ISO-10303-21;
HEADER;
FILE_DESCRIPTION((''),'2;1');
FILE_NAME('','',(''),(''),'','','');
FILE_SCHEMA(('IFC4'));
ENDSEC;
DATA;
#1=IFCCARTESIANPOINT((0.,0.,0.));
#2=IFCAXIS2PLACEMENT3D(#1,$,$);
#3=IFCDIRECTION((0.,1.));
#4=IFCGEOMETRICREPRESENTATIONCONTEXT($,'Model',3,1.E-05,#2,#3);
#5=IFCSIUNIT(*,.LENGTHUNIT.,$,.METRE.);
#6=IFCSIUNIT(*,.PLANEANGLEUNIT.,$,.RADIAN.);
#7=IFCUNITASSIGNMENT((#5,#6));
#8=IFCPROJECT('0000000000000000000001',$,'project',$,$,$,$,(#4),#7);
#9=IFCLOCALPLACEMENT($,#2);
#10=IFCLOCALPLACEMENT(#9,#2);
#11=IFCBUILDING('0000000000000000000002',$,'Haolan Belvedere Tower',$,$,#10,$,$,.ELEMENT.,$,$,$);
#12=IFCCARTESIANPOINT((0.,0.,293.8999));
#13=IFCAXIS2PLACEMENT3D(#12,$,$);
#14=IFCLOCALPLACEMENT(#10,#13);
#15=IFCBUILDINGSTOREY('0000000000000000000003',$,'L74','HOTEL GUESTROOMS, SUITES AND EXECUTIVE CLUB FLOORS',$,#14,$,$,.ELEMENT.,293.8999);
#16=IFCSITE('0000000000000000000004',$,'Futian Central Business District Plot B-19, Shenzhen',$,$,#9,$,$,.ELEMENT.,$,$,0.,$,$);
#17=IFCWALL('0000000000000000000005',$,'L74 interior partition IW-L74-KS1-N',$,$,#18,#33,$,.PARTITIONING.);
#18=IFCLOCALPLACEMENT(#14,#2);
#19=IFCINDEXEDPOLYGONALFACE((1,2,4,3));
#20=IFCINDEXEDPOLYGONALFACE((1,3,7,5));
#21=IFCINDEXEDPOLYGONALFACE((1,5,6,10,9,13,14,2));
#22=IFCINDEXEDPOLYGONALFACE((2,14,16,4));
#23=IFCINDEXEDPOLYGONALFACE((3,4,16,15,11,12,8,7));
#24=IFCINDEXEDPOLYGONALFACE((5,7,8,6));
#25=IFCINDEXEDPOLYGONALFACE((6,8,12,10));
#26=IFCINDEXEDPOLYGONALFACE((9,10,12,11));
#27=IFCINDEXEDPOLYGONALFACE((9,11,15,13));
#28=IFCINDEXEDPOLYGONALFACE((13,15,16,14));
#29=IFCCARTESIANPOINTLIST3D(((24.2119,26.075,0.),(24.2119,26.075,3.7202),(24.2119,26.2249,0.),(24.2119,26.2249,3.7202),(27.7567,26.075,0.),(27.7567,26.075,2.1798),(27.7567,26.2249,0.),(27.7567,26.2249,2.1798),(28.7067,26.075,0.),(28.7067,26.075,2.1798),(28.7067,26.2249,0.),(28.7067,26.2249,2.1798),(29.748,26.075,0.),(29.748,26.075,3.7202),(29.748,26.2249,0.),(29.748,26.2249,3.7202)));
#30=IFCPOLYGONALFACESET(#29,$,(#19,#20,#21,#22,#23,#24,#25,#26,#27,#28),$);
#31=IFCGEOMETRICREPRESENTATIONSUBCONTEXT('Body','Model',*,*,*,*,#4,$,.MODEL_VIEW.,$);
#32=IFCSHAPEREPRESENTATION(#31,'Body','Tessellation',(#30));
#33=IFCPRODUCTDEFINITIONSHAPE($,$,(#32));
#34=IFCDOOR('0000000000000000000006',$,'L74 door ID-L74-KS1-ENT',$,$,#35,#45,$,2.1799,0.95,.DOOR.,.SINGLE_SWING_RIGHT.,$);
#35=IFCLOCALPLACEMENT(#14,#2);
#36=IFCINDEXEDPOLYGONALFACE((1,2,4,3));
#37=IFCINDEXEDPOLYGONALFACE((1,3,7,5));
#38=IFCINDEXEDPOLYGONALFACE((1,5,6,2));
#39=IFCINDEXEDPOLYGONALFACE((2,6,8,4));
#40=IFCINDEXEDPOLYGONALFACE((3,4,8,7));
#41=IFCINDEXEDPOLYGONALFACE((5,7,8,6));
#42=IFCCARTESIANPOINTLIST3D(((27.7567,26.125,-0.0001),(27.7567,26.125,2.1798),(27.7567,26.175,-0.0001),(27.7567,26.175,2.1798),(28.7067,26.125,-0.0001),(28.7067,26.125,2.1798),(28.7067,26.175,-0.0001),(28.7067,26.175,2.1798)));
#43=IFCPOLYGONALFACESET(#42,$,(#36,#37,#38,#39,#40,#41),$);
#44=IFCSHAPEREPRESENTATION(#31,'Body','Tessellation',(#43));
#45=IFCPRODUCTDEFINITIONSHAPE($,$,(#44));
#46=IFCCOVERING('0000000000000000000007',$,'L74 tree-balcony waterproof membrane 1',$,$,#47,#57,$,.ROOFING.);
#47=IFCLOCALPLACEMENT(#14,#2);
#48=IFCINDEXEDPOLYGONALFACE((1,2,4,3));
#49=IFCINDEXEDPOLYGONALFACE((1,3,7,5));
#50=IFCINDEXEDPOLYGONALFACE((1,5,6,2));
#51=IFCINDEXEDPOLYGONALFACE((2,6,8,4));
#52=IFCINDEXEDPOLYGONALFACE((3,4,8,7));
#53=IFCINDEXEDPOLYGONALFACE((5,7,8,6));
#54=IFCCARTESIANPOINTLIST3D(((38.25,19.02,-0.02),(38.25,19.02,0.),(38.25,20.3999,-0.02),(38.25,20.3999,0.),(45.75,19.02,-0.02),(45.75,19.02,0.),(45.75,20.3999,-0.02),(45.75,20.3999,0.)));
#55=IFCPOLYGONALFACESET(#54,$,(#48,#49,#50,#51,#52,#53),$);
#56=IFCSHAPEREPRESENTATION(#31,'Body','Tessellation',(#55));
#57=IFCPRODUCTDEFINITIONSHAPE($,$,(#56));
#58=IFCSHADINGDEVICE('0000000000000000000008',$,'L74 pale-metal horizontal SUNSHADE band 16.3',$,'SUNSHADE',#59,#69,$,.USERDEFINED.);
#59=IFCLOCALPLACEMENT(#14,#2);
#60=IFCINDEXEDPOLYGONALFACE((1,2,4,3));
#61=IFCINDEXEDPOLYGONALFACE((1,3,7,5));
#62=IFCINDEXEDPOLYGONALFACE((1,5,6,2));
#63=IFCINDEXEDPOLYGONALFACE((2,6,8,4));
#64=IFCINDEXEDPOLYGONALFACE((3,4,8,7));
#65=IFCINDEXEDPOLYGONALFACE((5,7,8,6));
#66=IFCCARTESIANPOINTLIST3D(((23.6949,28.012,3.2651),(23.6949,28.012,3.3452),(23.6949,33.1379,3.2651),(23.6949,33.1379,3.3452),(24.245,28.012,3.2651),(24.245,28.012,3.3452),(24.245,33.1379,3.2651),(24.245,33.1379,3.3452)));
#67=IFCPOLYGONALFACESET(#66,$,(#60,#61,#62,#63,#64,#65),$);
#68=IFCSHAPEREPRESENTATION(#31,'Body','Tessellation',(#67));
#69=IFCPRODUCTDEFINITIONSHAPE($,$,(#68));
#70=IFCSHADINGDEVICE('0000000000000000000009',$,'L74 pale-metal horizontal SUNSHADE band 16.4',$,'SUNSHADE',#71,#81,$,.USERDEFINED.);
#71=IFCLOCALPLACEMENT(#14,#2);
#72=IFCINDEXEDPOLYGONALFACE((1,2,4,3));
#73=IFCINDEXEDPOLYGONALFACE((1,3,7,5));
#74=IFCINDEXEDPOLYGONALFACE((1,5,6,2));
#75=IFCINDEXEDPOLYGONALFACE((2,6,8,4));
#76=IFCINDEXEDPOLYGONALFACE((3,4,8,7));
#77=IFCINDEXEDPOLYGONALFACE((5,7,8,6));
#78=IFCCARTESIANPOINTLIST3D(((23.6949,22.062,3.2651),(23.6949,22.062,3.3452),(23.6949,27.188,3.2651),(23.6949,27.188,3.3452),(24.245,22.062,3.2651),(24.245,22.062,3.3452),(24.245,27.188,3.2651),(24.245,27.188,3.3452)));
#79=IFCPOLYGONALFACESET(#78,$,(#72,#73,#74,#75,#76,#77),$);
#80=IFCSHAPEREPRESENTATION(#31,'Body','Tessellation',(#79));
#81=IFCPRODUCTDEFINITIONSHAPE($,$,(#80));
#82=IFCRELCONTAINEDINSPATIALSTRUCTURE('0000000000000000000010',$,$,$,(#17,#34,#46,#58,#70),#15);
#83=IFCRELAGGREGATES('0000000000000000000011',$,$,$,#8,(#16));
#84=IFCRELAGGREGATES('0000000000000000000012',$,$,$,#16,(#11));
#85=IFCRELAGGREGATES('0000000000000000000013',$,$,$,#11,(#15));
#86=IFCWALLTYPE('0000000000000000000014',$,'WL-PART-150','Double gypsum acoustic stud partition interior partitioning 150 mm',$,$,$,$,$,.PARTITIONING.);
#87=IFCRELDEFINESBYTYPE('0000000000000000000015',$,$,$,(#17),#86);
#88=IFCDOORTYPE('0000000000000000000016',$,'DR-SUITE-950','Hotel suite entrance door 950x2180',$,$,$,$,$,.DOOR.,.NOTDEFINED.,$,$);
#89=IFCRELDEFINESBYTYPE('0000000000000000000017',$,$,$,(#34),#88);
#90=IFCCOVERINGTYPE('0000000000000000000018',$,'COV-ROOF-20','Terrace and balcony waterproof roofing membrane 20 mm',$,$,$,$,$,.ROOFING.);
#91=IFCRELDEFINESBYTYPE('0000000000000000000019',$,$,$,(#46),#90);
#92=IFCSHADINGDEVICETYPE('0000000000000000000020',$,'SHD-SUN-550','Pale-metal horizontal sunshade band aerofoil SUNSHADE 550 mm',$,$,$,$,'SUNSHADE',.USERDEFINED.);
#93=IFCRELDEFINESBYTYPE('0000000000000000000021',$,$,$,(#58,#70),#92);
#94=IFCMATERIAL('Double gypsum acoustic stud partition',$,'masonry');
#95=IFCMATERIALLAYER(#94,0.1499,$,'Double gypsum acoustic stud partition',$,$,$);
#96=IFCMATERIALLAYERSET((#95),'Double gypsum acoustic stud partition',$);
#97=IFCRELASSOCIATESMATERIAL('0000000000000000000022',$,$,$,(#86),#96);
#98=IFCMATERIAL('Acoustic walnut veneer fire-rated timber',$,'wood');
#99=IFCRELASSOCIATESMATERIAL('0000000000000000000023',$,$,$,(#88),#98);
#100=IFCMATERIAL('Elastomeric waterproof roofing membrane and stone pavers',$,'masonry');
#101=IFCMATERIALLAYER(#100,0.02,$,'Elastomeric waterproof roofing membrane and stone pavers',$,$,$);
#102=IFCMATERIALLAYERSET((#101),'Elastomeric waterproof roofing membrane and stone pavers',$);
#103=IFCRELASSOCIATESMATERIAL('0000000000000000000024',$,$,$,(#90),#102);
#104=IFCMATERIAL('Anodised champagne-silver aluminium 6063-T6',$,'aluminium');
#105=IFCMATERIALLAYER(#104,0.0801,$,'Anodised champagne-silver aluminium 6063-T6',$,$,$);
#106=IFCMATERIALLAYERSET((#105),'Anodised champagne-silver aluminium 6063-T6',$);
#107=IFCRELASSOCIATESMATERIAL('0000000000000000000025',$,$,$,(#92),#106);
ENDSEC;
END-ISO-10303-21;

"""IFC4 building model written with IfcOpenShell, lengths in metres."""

from ifc_helpers import new_model, si_unit, direction, frame, frame_2d, origin, origin_2d, place, context, subcontext, project, spatial, polyline, rectangle, outline, extrude, material, layer, layer_set, type_object, element, fill, save


model = new_model("IFC4")

# Units and contexts
model_context = context("Model", 3, precision=1e-05, world=origin(), true_north=direction((0.0, 1.0)))
body_context = subcontext(model_context, "Body", "Model", "MODEL_VIEW")
ifc_project = project(units=[si_unit("LENGTHUNIT", "METRE"), si_unit("PLANEANGLEUNIT", "RADIAN")], contexts=[model_context])

# Site, building, storey
site_placement = place(None, origin())
site = spatial("IfcSite", under=ifc_project, at=site_placement, Name="Futian Central Business District Plot B-19, Shenzhen", CompositionType="ELEMENT", RefElevation=0.0)
building_placement = place(site_placement, origin())
building = spatial("IfcBuilding", under=site, at=building_placement, Name="Haolan Belvedere Tower", CompositionType="ELEMENT")
storey_placement = place(building_placement, frame((0.0, 0.0, 293.8999)))
storey = spatial("IfcBuildingStorey", under=building, at=storey_placement, Name="L74", Description="HOTEL GUESTROOMS, SUITES AND EXECUTIVE CLUB FLOORS", CompositionType="ELEMENT", Elevation=293.8999)

# Shared definitions
ifc_material_1 = material(Name="Double gypsum acoustic stud partition", Category="masonry")
ifc_layer_1 = layer(ifc_material_1, 0.1499, Name="Double gypsum acoustic stud partition")
ifc_layer_set_1 = layer_set([ifc_layer_1], Name="Double gypsum acoustic stud partition")
wall_type_1 = type_object("IfcWallType", Name="WL-PART-150", Description="Double gypsum acoustic stud partition interior partitioning 150 mm", PredefinedType="PARTITIONING", material=ifc_layer_set_1)

# Wall, opening, door
wall_1_placement = place(storey_placement, frame((24.2119, 26.1499, 0.0), z_axis=(0.0, 0.0, 1.0), x_axis=(1.0, 0.0, 0.0)))
wall_1 = element("IfcWall", 1, at=wall_1_placement, inside=storey, type_object=wall_type_1, Name="L74 interior partition IW-L74-KS1-N", PredefinedType="PARTITIONING", context=body_context, shape_type="SweptSolid", body=[
    extrude(rectangle(XDim=5.5361, YDim=0.1499, at=frame_2d((2.7681, 0.0))), origin(), (0.0, 0.0, 1.0), 3.7202),
])
opening_1_placement = place(wall_1_placement, frame((4.4949, 0.0, 0.0), z_axis=(0.0, 0.0, 1.0), x_axis=(-1.0, 0.0, 0.0)))
opening_1 = element("IfcOpeningElement", 2, at=opening_1_placement, cuts=wall_1, PredefinedType="OPENING", context=body_context, shape_type="SweptSolid", body=[
    extrude(rectangle(XDim=0.95, YDim=2.1799, at=frame_2d((0.4751, 1.0898))), frame((0.0, 0.085, 0.0), z_axis=(0.0, -1.0, 0.0), x_axis=(1.0, 0.0, 0.0)), (0.0, 0.0, 1.0), 0.1699),
])
ifc_material_2 = material(Name="Acoustic walnut veneer fire-rated timber", Category="wood")
door_type_1 = type_object("IfcDoorType", Name="DR-SUITE-950", Description="Hotel suite entrance door 950x2180", OperationType="NOTDEFINED", PredefinedType="DOOR", material=ifc_material_2)
door_1_placement = place(opening_1_placement, origin())
door_1 = element("IfcDoor", 3, at=door_1_placement, inside=storey, type_object=door_type_1, Name="L74 door ID-L74-KS1-ENT", OperationType="SINGLE_SWING_RIGHT", OverallHeight=2.1799, OverallWidth=0.95, PredefinedType="DOOR", context=body_context, shape_type="SweptSolid", body=[
    extrude(rectangle(XDim=0.95, YDim=2.1799, at=frame_2d((0.4751, 1.0898))), frame((0.0, 0.0249, 0.0), z_axis=(0.0, -1.0, 0.0), x_axis=(1.0, 0.0, 0.0)), (0.0, 0.0, 1.0), 0.05),
])
fill(opening_1, door_1)

# Covering
ifc_material_3 = material(Name="Elastomeric waterproof roofing membrane and stone pavers", Category="masonry")
ifc_layer_2 = layer(ifc_material_3, 0.02, Name="Elastomeric waterproof roofing membrane and stone pavers")
ifc_layer_set_2 = layer_set([ifc_layer_2], Name="Elastomeric waterproof roofing membrane and stone pavers")
covering_type = type_object("IfcCoveringType", Name="COV-ROOF-20", Description="Terrace and balcony waterproof roofing membrane 20 mm", PredefinedType="ROOFING", material=ifc_layer_set_2)
covering_placement = place(storey_placement, frame((0.0, 0.0, -0.02)))
element("IfcCovering", 4, at=covering_placement, inside=storey, type_object=covering_type, Name="L74 tree-balcony waterproof membrane 1", PredefinedType="ROOFING", context=body_context, shape_type="SweptSolid", body=[
    extrude(outline(polyline([(38.25, 19.02), (45.75, 19.02), (45.75, 20.3999), (38.25, 20.3999), (38.25, 19.02)])), origin(), (0.0, 0.0, 1.0), 0.02),
])

# Shading devices
ifc_material_4 = material(Name="Anodised champagne-silver aluminium 6063-T6", Category="aluminium")
ifc_layer_3 = layer(ifc_material_4, 0.0801, Name="Anodised champagne-silver aluminium 6063-T6")
ifc_layer_set_3 = layer_set([ifc_layer_3], Name="Anodised champagne-silver aluminium 6063-T6")
shading_device_type = type_object("IfcShadingDeviceType", Name="SHD-SUN-550", Description="Pale-metal horizontal sunshade band aerofoil SUNSHADE 550 mm", ElementType="SUNSHADE", PredefinedType="USERDEFINED", material=ifc_layer_set_3)
for number, where, z_axis, x_axis, name in (
    (5, (23.97, 30.575, 3.2651), (0.0, 0.0, 1.0), (0.0, -1.0, 0.0), "L74 pale-metal horizontal SUNSHADE band 16.3"),
    (6, (23.97, 24.625, 3.2651), (0.0, 0.0, 1.0), (0.0, -1.0, 0.0), "L74 pale-metal horizontal SUNSHADE band 16.4"),
):
    element("IfcShadingDevice", number, at=place(storey_placement, frame(where, z_axis=z_axis, x_axis=x_axis)), inside=storey, type_object=shading_device_type, Name=name, ObjectType="SUNSHADE", PredefinedType="USERDEFINED", context=body_context, shape_type="SweptSolid", body=[
        extrude(rectangle(XDim=5.126, YDim=0.55, at=origin_2d()), origin(), (0.0, 0.0, 1.0), 0.0801),
    ])

save(model, "model.ifc")
